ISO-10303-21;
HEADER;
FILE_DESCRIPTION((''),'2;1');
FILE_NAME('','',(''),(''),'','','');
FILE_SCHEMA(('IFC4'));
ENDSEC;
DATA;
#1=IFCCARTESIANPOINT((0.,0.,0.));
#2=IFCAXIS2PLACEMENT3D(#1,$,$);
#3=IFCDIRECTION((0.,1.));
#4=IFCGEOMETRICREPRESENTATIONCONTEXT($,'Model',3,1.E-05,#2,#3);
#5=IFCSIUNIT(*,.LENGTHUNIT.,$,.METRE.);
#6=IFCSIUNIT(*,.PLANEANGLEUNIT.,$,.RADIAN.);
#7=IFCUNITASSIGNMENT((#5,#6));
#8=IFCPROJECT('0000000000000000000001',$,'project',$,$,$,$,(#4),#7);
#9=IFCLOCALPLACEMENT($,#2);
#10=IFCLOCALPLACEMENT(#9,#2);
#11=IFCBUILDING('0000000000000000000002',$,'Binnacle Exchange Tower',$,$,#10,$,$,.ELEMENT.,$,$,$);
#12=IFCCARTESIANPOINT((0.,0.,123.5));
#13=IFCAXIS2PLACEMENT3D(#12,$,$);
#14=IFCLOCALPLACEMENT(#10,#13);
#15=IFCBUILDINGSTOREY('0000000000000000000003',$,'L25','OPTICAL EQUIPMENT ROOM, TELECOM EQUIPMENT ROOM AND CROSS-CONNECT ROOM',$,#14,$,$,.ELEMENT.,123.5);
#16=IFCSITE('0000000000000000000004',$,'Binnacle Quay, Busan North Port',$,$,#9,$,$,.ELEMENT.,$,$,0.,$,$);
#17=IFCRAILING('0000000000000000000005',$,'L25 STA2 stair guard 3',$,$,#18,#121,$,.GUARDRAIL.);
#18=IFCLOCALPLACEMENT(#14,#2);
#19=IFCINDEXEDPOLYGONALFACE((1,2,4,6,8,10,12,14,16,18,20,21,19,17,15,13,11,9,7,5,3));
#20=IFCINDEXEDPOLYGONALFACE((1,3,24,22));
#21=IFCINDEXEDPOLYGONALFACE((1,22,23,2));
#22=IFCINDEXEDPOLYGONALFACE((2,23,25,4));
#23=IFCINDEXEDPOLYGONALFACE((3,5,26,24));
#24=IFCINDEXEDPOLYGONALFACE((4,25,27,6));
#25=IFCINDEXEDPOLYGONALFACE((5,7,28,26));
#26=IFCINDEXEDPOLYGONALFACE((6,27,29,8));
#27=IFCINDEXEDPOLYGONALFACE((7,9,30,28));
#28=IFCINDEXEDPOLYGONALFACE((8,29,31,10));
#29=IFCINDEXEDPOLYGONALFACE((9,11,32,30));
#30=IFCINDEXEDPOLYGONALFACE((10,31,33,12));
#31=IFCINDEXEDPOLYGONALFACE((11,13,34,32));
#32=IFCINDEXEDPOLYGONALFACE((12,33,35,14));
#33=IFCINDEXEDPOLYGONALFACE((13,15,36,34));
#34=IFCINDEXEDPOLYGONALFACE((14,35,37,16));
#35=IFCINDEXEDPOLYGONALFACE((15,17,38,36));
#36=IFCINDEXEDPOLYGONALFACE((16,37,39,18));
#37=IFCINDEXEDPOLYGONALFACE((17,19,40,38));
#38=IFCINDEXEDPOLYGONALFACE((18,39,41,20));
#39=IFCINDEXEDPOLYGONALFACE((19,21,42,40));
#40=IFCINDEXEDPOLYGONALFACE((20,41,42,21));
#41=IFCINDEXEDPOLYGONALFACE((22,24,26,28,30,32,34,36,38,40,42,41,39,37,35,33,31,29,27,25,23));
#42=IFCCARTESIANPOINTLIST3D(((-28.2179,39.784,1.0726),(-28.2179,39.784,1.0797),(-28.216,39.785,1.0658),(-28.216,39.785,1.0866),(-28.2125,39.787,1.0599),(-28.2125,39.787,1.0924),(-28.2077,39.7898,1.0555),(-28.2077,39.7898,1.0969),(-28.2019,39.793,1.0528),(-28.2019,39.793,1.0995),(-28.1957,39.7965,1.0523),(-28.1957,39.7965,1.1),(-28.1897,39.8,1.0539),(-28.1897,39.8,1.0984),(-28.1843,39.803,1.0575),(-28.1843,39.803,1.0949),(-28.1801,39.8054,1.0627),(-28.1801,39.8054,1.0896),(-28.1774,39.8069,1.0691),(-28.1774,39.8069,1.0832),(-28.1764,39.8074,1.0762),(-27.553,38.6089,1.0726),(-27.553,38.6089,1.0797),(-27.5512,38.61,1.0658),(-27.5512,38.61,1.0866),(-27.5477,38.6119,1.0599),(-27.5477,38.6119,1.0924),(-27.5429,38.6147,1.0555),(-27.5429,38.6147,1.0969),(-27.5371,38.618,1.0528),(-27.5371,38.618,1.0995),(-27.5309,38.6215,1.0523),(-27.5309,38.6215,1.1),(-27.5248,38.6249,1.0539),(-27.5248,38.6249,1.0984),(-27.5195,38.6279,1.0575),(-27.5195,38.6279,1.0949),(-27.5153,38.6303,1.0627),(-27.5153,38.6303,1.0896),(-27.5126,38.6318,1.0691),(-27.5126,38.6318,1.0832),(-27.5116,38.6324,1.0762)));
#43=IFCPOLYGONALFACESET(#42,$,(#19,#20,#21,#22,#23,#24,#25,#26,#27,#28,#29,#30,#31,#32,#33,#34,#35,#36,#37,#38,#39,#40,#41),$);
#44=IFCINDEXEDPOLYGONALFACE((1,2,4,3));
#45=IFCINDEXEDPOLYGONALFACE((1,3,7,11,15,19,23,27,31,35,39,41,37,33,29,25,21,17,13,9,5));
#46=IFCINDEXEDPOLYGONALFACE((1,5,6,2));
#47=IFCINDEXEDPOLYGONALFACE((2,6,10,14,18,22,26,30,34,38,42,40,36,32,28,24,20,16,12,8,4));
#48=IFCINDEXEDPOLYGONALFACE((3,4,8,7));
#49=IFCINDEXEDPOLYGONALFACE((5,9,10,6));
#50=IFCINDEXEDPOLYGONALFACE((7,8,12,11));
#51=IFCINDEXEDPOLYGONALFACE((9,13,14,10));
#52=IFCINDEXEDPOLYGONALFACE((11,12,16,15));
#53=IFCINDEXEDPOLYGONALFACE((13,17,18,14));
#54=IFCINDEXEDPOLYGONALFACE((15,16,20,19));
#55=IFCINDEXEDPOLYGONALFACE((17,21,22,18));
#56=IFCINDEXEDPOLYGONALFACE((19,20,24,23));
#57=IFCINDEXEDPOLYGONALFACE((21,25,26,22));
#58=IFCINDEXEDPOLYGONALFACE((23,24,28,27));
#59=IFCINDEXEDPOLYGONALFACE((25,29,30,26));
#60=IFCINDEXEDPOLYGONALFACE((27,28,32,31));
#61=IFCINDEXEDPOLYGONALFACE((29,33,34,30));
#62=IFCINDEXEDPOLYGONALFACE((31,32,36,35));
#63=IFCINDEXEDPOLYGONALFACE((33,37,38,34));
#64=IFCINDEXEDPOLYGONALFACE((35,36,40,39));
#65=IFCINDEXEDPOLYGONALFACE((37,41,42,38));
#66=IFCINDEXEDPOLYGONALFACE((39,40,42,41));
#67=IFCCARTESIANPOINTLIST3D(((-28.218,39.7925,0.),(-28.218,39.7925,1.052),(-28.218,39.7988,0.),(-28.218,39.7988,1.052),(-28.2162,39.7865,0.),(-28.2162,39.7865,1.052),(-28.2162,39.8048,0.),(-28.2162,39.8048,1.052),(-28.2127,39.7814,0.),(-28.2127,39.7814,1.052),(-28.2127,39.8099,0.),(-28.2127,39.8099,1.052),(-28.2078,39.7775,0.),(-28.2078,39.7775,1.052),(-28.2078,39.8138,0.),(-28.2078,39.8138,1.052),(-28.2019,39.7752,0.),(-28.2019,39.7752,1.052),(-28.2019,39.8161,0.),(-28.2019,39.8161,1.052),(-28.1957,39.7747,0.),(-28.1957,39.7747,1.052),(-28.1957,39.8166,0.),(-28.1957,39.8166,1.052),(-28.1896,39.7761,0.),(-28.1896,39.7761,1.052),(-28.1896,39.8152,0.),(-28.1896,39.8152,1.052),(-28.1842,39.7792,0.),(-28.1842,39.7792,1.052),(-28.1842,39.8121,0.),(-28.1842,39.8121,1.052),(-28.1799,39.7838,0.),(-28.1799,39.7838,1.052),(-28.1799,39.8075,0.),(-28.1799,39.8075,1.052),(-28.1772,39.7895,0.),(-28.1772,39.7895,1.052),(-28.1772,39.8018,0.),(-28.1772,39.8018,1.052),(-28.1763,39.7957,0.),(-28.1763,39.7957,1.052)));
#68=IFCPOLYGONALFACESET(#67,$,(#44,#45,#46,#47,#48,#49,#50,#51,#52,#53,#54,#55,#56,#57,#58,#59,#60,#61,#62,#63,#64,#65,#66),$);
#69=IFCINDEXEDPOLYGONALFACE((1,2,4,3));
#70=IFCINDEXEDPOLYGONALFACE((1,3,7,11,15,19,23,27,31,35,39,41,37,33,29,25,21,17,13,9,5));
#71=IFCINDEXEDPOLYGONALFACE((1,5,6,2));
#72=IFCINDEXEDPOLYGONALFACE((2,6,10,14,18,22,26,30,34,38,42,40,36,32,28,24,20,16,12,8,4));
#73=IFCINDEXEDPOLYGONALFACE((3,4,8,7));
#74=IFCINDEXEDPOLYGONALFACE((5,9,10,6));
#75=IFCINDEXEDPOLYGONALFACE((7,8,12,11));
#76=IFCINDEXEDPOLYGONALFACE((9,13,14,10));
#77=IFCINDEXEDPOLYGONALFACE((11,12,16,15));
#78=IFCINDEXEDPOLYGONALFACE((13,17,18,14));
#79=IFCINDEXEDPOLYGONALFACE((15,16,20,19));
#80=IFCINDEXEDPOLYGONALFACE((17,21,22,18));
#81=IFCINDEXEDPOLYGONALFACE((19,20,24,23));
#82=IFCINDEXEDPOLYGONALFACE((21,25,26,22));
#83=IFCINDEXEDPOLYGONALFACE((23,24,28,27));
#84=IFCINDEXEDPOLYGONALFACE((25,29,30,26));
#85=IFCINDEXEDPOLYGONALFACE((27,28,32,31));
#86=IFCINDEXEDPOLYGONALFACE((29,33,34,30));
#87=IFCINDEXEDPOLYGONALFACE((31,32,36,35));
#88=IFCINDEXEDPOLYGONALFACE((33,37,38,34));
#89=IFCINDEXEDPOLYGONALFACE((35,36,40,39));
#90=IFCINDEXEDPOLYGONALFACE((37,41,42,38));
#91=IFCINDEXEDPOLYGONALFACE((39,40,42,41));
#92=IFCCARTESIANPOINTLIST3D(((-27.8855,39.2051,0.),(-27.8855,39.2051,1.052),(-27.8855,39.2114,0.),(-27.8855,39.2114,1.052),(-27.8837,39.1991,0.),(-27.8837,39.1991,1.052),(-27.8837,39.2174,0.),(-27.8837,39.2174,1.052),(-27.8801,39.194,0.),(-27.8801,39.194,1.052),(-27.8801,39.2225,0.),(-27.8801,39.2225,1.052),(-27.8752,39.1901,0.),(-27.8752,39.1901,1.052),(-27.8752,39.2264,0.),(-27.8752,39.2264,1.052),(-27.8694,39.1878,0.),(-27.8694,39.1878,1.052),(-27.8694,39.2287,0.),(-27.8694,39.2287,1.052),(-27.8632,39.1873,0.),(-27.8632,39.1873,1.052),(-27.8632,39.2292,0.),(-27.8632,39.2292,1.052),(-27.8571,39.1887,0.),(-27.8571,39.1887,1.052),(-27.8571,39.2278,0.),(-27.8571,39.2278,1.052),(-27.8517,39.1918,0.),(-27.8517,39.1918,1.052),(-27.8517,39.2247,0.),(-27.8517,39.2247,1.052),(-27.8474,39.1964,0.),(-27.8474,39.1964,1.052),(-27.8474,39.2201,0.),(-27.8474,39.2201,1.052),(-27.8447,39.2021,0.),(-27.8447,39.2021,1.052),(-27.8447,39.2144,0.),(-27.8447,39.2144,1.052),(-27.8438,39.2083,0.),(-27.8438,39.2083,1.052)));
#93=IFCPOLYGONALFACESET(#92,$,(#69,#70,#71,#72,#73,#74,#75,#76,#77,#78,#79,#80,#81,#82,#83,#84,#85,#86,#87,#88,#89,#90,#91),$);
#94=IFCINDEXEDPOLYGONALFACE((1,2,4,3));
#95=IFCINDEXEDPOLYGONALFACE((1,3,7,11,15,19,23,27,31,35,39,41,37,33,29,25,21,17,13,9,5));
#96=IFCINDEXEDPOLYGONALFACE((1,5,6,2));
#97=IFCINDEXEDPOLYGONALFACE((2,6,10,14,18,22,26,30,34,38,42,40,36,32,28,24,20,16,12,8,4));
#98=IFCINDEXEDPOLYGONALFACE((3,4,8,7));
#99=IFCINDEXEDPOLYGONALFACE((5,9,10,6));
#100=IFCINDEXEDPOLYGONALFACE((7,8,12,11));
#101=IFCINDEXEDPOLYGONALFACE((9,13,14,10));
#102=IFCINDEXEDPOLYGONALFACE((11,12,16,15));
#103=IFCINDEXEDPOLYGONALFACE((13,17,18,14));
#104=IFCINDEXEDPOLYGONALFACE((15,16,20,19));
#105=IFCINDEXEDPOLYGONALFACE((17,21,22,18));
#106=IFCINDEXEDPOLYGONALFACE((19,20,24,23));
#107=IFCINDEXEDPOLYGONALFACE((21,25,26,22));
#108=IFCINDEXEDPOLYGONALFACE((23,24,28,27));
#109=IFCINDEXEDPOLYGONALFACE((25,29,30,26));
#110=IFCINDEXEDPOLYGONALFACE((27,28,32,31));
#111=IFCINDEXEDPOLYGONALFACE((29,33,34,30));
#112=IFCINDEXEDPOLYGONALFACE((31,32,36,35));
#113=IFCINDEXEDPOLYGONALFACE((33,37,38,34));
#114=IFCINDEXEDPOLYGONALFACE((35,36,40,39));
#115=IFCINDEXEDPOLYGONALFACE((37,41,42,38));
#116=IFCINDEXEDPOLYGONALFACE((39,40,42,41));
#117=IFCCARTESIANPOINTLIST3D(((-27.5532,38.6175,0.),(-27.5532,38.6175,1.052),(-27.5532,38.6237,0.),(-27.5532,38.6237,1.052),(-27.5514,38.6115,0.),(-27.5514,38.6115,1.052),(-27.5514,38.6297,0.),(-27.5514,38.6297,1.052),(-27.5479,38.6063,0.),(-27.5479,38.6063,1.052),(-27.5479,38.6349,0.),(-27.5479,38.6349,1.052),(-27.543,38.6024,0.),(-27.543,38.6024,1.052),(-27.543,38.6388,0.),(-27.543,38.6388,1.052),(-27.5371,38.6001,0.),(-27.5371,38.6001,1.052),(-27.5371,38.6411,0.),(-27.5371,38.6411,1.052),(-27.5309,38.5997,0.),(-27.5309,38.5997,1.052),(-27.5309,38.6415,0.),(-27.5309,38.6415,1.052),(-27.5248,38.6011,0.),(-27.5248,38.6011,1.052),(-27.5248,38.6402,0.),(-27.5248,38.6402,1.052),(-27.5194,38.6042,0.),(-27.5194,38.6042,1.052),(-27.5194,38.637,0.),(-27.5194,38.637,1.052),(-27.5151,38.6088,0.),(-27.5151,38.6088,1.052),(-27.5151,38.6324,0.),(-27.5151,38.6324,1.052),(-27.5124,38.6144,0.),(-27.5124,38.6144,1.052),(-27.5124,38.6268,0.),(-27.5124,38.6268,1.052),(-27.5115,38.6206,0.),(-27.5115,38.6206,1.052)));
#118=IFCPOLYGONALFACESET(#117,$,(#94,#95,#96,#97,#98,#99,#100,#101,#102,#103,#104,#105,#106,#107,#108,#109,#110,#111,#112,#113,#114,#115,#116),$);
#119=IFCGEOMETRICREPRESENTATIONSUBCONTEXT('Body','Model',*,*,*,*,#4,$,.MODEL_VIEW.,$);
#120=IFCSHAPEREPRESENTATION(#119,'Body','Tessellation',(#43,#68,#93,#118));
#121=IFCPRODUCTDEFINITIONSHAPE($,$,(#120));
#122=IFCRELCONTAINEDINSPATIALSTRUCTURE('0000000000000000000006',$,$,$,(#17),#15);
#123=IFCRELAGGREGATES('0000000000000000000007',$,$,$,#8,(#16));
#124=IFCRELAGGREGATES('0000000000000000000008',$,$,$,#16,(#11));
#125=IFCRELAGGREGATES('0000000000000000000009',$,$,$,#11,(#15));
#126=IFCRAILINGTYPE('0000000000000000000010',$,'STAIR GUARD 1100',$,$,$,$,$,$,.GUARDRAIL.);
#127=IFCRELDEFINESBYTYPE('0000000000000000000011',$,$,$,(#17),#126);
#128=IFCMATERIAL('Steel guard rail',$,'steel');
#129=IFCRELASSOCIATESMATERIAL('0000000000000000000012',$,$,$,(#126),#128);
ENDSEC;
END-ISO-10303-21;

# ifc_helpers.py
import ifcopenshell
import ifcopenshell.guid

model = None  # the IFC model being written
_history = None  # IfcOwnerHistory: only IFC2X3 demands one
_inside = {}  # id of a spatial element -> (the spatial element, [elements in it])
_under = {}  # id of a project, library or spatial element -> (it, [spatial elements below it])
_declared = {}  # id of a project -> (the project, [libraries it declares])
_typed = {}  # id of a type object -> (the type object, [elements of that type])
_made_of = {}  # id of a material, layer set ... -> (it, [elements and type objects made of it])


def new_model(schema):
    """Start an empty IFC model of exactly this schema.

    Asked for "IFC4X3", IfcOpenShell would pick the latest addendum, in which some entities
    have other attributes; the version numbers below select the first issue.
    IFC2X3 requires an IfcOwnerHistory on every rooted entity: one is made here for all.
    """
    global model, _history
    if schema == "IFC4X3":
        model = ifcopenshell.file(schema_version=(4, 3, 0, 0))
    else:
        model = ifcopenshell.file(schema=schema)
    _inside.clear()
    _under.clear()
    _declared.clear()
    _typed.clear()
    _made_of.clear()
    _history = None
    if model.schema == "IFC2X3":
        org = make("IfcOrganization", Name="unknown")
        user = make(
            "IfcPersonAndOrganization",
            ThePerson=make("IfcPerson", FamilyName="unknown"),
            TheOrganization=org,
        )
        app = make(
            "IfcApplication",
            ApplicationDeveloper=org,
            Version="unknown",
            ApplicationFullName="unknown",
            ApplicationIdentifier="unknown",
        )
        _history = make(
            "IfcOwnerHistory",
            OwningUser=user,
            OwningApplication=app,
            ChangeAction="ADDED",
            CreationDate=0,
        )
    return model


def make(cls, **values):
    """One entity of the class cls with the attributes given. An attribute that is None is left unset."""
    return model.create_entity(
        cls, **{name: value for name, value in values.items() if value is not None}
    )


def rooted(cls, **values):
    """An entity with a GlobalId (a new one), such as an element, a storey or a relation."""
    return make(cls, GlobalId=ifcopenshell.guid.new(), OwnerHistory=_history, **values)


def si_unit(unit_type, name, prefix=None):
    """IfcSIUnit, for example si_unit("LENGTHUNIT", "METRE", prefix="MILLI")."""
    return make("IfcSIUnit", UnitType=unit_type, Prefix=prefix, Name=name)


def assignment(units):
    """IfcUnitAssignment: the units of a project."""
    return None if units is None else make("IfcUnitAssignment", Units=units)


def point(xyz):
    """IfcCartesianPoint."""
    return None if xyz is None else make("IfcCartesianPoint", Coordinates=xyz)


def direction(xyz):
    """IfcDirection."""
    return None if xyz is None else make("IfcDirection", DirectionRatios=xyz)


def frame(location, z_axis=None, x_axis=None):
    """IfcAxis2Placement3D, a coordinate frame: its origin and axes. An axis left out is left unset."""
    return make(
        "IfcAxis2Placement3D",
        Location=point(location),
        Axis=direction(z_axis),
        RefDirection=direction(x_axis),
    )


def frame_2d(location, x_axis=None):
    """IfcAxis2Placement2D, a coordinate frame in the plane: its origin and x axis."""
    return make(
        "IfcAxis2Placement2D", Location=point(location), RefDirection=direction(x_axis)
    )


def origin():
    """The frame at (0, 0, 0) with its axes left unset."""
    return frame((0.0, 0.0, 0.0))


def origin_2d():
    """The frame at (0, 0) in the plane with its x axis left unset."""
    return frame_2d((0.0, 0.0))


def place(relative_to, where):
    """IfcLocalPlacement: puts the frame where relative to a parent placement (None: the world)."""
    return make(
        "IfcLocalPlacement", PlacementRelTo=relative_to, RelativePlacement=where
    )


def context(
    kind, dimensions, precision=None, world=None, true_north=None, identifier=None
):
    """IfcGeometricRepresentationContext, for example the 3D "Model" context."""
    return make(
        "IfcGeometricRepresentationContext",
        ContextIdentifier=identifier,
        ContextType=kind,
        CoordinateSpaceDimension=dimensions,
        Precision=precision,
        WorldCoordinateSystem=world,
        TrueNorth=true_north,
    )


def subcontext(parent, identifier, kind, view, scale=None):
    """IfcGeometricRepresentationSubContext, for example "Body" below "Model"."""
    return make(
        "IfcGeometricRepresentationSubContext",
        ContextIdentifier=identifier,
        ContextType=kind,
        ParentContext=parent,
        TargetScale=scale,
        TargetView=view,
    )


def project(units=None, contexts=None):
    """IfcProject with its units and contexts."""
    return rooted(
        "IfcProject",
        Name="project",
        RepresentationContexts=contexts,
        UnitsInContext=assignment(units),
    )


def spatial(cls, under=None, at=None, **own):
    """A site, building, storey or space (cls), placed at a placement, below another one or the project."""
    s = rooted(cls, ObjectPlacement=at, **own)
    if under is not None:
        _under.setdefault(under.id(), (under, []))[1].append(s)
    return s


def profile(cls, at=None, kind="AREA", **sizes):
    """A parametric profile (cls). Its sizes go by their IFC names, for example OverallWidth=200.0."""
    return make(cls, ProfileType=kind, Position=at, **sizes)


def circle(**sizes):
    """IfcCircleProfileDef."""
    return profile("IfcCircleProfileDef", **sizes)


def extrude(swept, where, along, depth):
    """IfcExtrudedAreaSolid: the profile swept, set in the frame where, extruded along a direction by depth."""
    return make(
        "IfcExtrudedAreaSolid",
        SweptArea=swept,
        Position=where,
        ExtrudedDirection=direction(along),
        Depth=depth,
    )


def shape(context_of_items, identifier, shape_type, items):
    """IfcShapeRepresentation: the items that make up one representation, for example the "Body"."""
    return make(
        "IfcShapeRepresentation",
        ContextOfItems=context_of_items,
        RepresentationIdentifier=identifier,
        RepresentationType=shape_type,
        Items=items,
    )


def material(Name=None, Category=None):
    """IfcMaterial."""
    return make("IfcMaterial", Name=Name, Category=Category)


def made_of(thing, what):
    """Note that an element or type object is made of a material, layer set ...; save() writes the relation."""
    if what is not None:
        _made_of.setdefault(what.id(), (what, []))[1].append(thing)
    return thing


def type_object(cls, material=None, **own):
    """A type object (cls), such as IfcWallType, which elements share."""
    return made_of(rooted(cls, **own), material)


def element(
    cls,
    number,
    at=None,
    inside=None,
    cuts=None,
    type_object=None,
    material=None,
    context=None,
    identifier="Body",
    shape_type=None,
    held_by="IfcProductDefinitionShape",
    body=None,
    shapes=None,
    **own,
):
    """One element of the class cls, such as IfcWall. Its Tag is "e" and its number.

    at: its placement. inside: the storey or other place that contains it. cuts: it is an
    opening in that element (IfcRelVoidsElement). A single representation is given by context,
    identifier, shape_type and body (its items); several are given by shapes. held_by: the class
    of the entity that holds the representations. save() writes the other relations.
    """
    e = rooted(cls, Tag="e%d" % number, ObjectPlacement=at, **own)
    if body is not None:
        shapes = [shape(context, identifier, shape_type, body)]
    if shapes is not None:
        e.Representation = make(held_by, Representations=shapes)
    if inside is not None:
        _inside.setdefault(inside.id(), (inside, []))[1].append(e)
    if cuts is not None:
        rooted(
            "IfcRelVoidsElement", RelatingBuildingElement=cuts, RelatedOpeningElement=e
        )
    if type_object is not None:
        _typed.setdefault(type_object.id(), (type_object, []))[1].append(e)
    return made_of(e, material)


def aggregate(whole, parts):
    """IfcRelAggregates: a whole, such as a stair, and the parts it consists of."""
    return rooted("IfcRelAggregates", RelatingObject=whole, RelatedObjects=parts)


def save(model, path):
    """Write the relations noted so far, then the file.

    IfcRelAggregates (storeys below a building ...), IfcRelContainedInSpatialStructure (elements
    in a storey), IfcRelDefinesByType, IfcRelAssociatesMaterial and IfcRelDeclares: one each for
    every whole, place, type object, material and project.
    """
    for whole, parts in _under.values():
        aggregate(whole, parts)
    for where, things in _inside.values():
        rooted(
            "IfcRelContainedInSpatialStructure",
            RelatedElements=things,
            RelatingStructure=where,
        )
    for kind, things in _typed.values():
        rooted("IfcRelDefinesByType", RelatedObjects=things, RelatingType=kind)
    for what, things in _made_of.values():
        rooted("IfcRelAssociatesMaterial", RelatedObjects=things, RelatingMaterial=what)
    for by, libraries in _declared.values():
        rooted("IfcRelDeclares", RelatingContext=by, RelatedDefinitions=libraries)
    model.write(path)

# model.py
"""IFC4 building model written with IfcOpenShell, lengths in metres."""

from ifc_helpers import new_model, si_unit, direction, frame, origin, origin_2d, place, context, subcontext, project, spatial, circle, extrude, material, type_object, element, save


model = new_model("IFC4")

# Units and contexts
model_context = context("Model", 3, precision=1e-05, world=origin(), true_north=direction((0.0, 1.0)))
body_context = subcontext(model_context, "Body", "Model", "MODEL_VIEW")
ifc_project = project(units=[si_unit("LENGTHUNIT", "METRE"), si_unit("PLANEANGLEUNIT", "RADIAN")], contexts=[model_context])

# Site, building, storey
site_placement = place(None, origin())
site = spatial("IfcSite", under=ifc_project, at=site_placement, Name="Binnacle Quay, Busan North Port", CompositionType="ELEMENT", RefElevation=0.0)
building_placement = place(site_placement, origin())
building = spatial("IfcBuilding", under=site, at=building_placement, Name="Binnacle Exchange Tower", CompositionType="ELEMENT")
storey_placement = place(building_placement, frame((0.0, 0.0, 123.5)))
storey = spatial("IfcBuildingStorey", under=building, at=storey_placement, Name="L25", Description="OPTICAL EQUIPMENT ROOM, TELECOM EQUIPMENT ROOM AND CROSS-CONNECT ROOM", CompositionType="ELEMENT", Elevation=123.5)

# Railing
ifc_material_1 = material(Name="Steel guard rail", Category="steel")
railing_type_1 = type_object("IfcRailingType", Name="STAIR GUARD 1100", PredefinedType="GUARDRAIL", material=ifc_material_1)
railing_1_placement = place(storey_placement, frame((-28.1973, 39.7957, 0.0)))
element("IfcRailing", 1, at=railing_1_placement, inside=storey, type_object=railing_type_1, Name="L25 STA2 stair guard 3", PredefinedType="GUARDRAIL", context=body_context, shape_type="SweptSolid", body=[
    extrude(circle(Radius=0.0239, at=origin_2d()), frame((0.0, 0.0, 1.0762), z_axis=(0.492415, -0.870361, 0.0), x_axis=(0.870361, 0.492415, 0.0)), (0.0, 0.0, 1.0), 1.3501),
    extrude(circle(Radius=0.021, at=origin_2d()), origin(), (0.0, 0.0, 1.0), 1.052),
    extrude(circle(Radius=0.021, at=origin_2d()), frame((0.3325, -0.5874, 0.0)), (0.0, 0.0, 1.0), 1.052),
    extrude(circle(Radius=0.021, at=origin_2d()), frame((0.6648, -1.175, 0.0)), (0.0, 0.0, 1.0), 1.052),
])

save(model, "model.ifc")
